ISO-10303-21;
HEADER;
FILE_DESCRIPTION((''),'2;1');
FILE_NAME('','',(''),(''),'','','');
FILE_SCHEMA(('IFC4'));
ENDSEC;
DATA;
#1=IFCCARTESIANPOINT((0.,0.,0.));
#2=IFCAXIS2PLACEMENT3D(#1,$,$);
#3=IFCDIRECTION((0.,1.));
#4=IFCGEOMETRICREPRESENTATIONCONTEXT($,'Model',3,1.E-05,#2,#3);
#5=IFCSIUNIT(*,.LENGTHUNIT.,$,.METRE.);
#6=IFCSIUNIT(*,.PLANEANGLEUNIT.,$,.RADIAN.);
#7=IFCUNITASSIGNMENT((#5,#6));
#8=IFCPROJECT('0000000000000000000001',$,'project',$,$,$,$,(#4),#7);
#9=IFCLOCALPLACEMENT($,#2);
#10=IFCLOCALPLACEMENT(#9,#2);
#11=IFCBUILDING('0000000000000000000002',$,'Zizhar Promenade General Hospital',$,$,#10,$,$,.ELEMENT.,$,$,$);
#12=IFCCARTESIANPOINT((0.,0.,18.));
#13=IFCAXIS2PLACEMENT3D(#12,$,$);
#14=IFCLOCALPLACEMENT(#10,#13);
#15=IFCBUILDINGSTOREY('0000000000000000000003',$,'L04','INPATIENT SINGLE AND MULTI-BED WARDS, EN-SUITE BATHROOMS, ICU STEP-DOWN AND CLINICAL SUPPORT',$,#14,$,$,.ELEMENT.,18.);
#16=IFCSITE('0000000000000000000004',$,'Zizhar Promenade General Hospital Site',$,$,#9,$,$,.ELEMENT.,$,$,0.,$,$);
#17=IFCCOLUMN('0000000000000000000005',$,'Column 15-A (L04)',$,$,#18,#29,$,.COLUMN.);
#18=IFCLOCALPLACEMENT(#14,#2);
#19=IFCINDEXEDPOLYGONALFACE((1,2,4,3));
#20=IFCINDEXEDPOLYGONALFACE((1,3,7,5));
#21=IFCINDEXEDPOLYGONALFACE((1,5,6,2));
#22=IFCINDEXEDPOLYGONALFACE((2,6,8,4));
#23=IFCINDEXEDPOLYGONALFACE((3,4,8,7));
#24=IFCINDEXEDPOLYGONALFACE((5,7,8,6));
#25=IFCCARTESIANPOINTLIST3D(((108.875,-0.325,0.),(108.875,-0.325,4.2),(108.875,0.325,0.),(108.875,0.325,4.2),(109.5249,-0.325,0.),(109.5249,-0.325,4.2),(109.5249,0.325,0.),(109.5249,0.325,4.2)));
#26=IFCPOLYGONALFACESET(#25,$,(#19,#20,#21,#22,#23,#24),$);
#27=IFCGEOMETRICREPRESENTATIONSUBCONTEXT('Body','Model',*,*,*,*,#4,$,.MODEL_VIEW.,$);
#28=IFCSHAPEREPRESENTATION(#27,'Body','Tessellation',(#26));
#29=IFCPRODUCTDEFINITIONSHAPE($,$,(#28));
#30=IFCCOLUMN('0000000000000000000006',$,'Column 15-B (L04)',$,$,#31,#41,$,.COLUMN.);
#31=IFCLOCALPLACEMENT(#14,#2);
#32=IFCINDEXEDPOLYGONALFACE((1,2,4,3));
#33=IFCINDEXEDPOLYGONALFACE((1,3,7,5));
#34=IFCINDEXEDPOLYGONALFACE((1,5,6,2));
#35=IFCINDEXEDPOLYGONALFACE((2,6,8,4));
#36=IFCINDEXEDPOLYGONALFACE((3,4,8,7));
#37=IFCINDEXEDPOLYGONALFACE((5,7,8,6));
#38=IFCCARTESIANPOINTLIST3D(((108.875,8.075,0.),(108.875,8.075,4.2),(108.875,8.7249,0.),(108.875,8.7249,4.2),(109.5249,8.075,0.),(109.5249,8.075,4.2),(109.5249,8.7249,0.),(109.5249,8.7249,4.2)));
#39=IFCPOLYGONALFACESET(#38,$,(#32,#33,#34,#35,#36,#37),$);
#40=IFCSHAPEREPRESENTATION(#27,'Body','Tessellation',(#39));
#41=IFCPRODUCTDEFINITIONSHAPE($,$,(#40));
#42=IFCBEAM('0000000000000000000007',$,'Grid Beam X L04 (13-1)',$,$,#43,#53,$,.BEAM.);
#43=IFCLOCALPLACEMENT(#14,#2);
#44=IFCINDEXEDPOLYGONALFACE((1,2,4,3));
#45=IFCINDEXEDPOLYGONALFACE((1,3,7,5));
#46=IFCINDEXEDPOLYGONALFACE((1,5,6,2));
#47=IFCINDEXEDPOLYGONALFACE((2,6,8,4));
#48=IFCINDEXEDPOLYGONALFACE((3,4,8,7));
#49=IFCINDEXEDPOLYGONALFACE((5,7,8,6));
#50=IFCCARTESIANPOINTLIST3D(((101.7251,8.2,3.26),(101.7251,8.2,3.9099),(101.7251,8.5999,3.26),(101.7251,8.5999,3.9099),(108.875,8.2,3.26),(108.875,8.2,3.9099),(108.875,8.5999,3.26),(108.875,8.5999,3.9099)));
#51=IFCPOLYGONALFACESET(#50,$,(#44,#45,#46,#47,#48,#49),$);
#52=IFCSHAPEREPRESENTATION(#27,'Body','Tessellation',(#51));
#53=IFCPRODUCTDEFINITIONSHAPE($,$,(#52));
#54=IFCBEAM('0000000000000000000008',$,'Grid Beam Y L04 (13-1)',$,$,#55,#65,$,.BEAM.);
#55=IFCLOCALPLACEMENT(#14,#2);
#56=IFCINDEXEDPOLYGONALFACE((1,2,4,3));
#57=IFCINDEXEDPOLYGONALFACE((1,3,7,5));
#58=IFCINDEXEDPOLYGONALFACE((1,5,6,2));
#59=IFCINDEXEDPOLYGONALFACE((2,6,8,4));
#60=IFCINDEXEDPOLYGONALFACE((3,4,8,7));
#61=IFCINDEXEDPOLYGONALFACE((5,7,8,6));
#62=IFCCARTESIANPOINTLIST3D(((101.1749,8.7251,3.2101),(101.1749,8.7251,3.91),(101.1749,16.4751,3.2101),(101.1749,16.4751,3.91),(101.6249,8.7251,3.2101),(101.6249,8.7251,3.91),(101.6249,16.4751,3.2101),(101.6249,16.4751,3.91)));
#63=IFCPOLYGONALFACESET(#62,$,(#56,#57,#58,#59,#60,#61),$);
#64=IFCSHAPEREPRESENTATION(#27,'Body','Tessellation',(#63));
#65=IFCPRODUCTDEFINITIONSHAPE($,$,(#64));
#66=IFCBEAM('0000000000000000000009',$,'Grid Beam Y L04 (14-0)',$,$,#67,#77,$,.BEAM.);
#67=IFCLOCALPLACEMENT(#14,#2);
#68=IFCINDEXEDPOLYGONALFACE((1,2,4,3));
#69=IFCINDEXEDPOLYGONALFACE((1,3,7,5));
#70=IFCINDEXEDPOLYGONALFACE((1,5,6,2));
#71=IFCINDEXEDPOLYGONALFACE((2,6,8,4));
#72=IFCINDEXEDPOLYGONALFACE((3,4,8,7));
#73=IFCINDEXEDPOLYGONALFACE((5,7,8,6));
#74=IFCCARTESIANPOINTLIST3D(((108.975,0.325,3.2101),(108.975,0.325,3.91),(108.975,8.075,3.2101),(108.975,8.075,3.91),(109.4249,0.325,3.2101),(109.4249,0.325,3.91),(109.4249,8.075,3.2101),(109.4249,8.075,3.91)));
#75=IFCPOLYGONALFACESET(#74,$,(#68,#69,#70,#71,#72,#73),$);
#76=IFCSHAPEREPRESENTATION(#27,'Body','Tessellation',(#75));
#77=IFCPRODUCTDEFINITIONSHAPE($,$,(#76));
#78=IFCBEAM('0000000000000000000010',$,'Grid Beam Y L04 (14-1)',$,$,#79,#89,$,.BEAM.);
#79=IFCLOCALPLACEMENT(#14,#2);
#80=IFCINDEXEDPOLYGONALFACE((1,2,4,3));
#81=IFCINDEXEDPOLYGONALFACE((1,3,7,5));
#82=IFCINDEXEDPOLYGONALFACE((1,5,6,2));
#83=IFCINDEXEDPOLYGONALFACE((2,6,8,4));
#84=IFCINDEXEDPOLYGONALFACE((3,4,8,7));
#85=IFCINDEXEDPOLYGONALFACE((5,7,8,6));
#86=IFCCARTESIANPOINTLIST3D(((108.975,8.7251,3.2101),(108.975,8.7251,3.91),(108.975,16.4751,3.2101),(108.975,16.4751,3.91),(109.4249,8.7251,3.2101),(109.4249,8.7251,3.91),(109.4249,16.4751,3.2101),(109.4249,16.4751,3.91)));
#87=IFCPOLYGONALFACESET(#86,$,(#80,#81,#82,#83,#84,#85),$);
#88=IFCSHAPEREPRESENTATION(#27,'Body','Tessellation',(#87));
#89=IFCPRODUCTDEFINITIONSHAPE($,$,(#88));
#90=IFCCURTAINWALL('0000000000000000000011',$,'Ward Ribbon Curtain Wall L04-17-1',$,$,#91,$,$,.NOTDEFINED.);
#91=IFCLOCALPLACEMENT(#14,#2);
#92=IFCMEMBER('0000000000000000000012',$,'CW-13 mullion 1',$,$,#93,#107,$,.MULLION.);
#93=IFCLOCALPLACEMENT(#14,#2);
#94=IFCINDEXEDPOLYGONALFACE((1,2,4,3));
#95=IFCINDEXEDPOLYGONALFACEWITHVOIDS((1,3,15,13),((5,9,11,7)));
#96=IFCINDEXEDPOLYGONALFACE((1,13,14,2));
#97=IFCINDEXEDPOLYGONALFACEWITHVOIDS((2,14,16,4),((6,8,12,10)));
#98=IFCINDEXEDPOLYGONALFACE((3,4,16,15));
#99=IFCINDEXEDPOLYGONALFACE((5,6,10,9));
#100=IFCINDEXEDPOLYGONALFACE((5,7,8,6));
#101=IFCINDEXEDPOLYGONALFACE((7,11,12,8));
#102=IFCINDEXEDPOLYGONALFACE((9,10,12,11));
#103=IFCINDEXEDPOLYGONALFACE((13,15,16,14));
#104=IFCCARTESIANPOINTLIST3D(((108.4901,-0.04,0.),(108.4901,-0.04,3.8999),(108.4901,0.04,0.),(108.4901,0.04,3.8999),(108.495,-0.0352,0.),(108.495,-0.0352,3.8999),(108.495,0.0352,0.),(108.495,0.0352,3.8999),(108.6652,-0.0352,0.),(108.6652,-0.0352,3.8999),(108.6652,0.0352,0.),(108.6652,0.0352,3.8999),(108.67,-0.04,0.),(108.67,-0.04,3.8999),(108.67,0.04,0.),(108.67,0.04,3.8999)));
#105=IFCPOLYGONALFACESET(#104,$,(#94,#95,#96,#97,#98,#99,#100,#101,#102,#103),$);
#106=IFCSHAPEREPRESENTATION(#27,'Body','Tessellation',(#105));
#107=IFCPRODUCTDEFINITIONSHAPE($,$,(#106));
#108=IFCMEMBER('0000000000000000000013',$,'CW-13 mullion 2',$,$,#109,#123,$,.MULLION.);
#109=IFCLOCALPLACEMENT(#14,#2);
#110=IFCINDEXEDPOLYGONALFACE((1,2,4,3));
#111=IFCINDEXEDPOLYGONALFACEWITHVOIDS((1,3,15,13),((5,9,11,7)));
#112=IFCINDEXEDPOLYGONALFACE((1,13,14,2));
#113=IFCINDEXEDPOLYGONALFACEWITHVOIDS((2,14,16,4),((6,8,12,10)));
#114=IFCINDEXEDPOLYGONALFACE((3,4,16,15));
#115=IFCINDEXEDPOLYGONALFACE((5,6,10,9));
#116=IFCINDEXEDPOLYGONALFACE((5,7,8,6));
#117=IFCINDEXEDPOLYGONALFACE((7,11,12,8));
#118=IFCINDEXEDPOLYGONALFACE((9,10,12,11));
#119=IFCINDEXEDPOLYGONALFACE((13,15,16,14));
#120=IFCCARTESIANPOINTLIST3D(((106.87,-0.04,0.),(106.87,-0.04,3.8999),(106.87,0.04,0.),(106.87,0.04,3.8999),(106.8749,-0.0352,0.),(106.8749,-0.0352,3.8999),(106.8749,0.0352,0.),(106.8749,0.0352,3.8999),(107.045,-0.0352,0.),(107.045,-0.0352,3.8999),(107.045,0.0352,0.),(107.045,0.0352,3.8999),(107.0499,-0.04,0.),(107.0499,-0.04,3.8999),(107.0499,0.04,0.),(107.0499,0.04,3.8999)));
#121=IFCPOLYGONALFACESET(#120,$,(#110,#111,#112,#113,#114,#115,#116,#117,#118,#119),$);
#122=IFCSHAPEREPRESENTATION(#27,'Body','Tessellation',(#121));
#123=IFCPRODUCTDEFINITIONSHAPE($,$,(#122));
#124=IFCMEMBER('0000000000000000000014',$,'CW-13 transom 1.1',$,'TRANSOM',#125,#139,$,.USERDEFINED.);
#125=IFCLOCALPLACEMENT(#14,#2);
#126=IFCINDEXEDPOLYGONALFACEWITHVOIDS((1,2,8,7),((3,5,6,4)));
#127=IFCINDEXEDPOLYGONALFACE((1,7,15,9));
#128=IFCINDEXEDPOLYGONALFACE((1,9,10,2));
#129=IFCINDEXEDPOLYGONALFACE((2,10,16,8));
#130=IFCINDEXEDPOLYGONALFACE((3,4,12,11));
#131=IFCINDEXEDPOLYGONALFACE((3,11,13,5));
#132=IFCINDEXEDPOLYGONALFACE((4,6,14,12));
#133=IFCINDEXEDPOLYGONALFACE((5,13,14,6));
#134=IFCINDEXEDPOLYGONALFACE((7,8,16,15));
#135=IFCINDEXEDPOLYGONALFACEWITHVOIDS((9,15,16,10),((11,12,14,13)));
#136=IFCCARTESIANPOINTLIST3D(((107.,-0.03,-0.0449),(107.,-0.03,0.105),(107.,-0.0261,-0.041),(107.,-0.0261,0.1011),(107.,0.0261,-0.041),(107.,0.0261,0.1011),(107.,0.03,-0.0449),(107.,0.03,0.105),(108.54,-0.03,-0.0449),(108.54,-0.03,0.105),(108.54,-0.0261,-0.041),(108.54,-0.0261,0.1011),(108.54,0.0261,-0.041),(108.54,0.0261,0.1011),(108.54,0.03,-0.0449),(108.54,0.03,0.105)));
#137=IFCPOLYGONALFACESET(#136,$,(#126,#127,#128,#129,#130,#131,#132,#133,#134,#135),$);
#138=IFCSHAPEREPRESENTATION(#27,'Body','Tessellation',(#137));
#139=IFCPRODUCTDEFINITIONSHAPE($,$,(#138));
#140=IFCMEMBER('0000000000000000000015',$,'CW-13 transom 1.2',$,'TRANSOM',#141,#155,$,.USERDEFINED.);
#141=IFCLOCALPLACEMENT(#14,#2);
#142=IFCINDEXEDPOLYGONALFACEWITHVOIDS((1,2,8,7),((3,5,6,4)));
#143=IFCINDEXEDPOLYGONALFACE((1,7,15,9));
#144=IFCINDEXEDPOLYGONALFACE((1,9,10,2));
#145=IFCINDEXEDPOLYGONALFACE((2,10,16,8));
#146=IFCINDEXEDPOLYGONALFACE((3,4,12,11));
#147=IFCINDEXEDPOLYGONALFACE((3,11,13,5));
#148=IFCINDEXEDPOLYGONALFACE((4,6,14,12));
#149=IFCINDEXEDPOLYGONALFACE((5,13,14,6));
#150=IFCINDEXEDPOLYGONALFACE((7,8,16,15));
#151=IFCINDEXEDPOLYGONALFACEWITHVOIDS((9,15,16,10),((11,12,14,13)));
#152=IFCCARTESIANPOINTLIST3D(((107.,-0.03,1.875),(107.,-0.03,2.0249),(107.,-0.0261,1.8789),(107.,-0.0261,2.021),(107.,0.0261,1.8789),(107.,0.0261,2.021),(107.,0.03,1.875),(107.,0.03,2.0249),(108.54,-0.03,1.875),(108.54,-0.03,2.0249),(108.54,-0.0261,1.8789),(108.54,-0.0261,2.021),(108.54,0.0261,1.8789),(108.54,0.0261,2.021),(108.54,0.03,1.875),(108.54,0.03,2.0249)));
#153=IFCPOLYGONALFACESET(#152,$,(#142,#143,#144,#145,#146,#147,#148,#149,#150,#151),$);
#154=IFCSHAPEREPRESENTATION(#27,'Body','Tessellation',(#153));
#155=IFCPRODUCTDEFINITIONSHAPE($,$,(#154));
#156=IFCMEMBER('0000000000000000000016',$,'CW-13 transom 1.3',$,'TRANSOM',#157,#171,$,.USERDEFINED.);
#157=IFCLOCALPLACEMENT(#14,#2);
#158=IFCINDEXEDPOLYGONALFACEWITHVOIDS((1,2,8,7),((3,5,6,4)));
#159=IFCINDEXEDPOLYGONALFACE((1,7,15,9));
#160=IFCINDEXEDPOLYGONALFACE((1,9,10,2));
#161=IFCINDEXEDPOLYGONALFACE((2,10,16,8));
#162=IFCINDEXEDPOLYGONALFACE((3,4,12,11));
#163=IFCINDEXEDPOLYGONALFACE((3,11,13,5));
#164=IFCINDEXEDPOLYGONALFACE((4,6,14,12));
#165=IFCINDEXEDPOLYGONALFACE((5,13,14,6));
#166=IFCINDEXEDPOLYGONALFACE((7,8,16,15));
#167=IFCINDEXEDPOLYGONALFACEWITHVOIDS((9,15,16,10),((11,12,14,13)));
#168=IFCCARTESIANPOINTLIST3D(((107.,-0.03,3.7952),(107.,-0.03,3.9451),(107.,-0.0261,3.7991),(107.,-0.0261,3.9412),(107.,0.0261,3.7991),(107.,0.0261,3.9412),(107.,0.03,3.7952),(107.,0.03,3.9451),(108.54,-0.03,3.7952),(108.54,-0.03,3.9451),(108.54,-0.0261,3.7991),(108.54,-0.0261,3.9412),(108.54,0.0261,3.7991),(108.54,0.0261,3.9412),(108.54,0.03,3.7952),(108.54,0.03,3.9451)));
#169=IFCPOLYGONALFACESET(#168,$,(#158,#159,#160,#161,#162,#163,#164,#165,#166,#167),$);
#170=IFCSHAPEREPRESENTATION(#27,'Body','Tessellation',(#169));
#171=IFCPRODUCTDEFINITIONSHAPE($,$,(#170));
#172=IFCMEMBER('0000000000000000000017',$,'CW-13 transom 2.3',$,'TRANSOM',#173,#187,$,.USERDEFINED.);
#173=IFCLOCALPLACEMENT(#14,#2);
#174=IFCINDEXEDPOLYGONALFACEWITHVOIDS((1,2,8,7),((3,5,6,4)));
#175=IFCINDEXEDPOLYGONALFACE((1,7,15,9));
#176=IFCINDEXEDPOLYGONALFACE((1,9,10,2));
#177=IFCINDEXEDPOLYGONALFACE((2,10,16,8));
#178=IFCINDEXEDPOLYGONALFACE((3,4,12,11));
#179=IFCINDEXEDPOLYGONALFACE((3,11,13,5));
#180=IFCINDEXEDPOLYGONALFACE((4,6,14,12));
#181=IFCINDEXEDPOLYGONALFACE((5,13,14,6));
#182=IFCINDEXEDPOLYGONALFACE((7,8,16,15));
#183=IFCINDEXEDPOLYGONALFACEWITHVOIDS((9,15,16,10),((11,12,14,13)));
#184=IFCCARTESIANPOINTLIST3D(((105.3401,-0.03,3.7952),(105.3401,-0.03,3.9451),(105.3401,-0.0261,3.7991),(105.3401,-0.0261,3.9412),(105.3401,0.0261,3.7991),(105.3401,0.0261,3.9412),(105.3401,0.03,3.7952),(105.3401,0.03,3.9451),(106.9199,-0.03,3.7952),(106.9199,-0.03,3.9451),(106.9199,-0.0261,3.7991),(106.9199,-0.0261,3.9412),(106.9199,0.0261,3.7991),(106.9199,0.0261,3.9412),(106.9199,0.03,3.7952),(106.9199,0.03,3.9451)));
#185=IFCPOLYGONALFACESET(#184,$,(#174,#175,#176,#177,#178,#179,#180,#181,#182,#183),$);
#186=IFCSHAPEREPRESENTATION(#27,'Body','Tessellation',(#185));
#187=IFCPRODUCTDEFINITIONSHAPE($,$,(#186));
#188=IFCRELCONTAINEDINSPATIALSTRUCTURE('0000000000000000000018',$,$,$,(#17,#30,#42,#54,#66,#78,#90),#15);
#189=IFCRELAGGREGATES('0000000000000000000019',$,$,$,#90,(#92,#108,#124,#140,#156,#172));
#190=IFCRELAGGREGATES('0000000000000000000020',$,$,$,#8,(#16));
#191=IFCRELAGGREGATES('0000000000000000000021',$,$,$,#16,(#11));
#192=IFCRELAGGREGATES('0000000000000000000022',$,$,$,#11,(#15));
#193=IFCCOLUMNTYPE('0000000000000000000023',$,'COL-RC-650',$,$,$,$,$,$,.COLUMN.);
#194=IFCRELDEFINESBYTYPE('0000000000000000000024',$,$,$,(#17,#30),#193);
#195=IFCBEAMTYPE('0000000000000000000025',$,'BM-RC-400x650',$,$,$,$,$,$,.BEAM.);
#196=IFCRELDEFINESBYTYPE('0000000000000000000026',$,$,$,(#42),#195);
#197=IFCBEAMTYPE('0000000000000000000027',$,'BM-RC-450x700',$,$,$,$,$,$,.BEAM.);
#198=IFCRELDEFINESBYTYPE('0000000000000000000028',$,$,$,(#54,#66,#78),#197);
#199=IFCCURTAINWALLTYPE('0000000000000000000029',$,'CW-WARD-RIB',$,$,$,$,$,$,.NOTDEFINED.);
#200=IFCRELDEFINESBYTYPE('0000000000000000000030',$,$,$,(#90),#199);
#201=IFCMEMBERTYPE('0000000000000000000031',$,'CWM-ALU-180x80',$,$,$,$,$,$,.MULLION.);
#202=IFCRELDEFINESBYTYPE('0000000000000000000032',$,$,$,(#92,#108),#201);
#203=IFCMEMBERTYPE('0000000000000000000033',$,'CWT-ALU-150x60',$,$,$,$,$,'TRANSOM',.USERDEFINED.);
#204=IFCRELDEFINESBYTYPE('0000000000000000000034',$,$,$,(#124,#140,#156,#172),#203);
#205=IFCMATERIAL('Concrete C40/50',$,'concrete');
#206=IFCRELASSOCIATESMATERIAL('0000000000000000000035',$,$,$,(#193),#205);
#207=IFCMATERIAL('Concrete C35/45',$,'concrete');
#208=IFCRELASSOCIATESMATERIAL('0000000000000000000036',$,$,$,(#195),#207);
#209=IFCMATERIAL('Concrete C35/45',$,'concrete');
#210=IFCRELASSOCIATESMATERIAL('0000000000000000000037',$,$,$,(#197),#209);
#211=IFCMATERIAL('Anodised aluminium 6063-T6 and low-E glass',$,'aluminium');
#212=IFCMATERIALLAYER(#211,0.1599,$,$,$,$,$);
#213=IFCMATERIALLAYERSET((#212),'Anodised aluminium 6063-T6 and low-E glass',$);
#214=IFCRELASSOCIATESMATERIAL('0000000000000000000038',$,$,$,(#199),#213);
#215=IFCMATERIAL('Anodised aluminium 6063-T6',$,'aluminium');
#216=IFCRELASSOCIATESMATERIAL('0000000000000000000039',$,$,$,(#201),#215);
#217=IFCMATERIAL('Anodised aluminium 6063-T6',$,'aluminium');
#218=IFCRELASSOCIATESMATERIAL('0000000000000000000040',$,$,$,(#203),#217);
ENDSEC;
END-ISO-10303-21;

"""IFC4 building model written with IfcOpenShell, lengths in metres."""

from ifc_helpers import new_model, si_unit, direction, frame, origin, origin_2d, place, context, subcontext, project, spatial, rectangle, hollow_rectangle, extrude, material, layer, layer_set, material_profile, profile_set, type_object, element, aggregate, save


model = new_model("IFC4")

# Units and contexts
model_context = context("Model", 3, precision=1e-05, world=origin(), true_north=direction((0.0, 1.0)))
body_context = subcontext(model_context, "Body", "Model", "MODEL_VIEW")
ifc_project = project(units=[si_unit("LENGTHUNIT", "METRE"), si_unit("PLANEANGLEUNIT", "RADIAN")], contexts=[model_context])

# Site, building, storey
site_placement = place(None, origin())
site = spatial("IfcSite", under=ifc_project, at=site_placement, Name="Zizhar Promenade General Hospital Site", CompositionType="ELEMENT", RefElevation=0.0)
building_placement = place(site_placement, origin())
building = spatial("IfcBuilding", under=site, at=building_placement, Name="Zizhar Promenade General Hospital", CompositionType="ELEMENT")
storey_placement = place(building_placement, frame((0.0, 0.0, 18.0)))
storey = spatial("IfcBuildingStorey", under=building, at=storey_placement, Name="L04", Description="INPATIENT SINGLE AND MULTI-BED WARDS, EN-SUITE BATHROOMS, ICU STEP-DOWN AND CLINICAL SUPPORT", CompositionType="ELEMENT", Elevation=18.0)

# Columns
ifc_material_1 = material(Name="Concrete C40/50", Category="concrete")
ifc_material_profile_1 = material_profile(ifc_material_1, rectangle(XDim=0.6499, YDim=0.6499, at=origin_2d()))
ifc_profile_set_1 = profile_set([ifc_material_profile_1], Name="Concrete C40/50")
column_type = type_object("IfcColumnType", Name="COL-RC-650", PredefinedType="COLUMN", material=ifc_profile_set_1)
for number, where, z_axis, x_axis, name in (
    (1, (109.2, 0.0, 0.0), (0.0, 0.0, 1.0), (1.0, 0.0, 0.0), "Column 15-A (L04)"),
    (2, (109.2, 8.3999, 0.0), (0.0, 0.0, 1.0), (1.0, 0.0, 0.0), "Column 15-B (L04)"),
):
    element("IfcColumn", number, at=place(storey_placement, frame(where, z_axis=z_axis, x_axis=x_axis)), inside=storey, type_object=column_type, Name=name, PredefinedType="COLUMN", context=body_context, shape_type="SweptSolid", body=[
        extrude(rectangle(XDim=0.6499, YDim=0.6499, at=origin_2d()), origin(), (0.0, 0.0, 1.0), 4.2),
    ])

# Beams
ifc_material_2 = material(Name="Concrete C35/45", Category="concrete")
ifc_material_profile_2 = material_profile(ifc_material_2, rectangle(XDim=0.3999, YDim=0.6499, at=origin_2d()))
ifc_profile_set_2 = profile_set([ifc_material_profile_2], Name="Concrete C35/45")
beam_type_1 = type_object("IfcBeamType", Name="BM-RC-400x650", PredefinedType="BEAM", material=ifc_profile_set_2)
beam_placement = place(storey_placement, frame((101.7251, 8.3999, 3.585), z_axis=(1.0, 0.0, 0.0), x_axis=(0.0, 1.0, 0.0)))
element("IfcBeam", 3, at=beam_placement, inside=storey, type_object=beam_type_1, Name="Grid Beam X L04 (13-1)", PredefinedType="BEAM", context=body_context, shape_type="SweptSolid", body=[
    extrude(rectangle(XDim=0.3999, YDim=0.6499, at=origin_2d()), origin(), (0.0, 0.0, 1.0), 7.1499),
])
ifc_material_3 = material(Name="Concrete C35/45", Category="concrete")
ifc_material_profile_3 = material_profile(ifc_material_3, rectangle(XDim=0.45, YDim=0.7, at=origin_2d()))
ifc_profile_set_3 = profile_set([ifc_material_profile_3], Name="Concrete C35/45")
beam_type_2 = type_object("IfcBeamType", Name="BM-RC-450x700", PredefinedType="BEAM", material=ifc_profile_set_3)
for number, where, z_axis, x_axis, name in (
    (4, (101.3999, 8.7251, 3.5601), (0.0, 1.0, 0.0), (-1.0, 0.0, 0.0), "Grid Beam Y L04 (13-1)"),
    (5, (109.2, 0.325, 3.5601), (0.0, 1.0, 0.0), (-1.0, 0.0, 0.0), "Grid Beam Y L04 (14-0)"),
    (6, (109.2, 8.7251, 3.5601), (0.0, 1.0, 0.0), (-1.0, 0.0, 0.0), "Grid Beam Y L04 (14-1)"),
):
    element("IfcBeam", number, at=place(storey_placement, frame(where, z_axis=z_axis, x_axis=x_axis)), inside=storey, type_object=beam_type_2, Name=name, PredefinedType="BEAM", context=body_context, shape_type="SweptSolid", body=[
        extrude(rectangle(XDim=0.45, YDim=0.7, at=origin_2d()), origin(), (0.0, 0.0, 1.0), 7.75),
    ])

# Curtain wall, members
ifc_material_4 = material(Name="Anodised aluminium 6063-T6 and low-E glass", Category="aluminium")
ifc_layer_1 = layer(ifc_material_4, 0.1599)
ifc_layer_set_1 = layer_set([ifc_layer_1], Name="Anodised aluminium 6063-T6 and low-E glass")
curtain_wall_type = type_object("IfcCurtainWallType", Name="CW-WARD-RIB", PredefinedType="NOTDEFINED", material=ifc_layer_set_1)
curtain_wall_placement = place(storey_placement, origin())
curtain_wall = element("IfcCurtainWall", 7, at=curtain_wall_placement, inside=storey, type_object=curtain_wall_type, Name="Ward Ribbon Curtain Wall L04-17-1", PredefinedType="NOTDEFINED")
ifc_material_5 = material(Name="Anodised aluminium 6063-T6", Category="aluminium")
ifc_material_profile_4 = material_profile(ifc_material_5, hollow_rectangle(XDim=0.0801, YDim=0.1799, WallThickness=0.0049, at=origin_2d()))
ifc_profile_set_4 = profile_set([ifc_material_profile_4], Name="Anodised aluminium 6063-T6")
member_type_1 = type_object("IfcMemberType", Name="CWM-ALU-180x80", PredefinedType="MULLION", material=ifc_profile_set_4)
member_1_placement = place(storey_placement, frame((108.5801, 0.0, 0.0), z_axis=(0.0, 0.0, 1.0), x_axis=(0.0, -1.0, 0.0)))
member_1 = element("IfcMember", 8, at=member_1_placement, type_object=member_type_1, Name="CW-13 mullion 1", PredefinedType="MULLION", context=body_context, shape_type="SweptSolid", body=[
    extrude(hollow_rectangle(XDim=0.0801, YDim=0.1799, WallThickness=0.0049, at=origin_2d()), origin(), (0.0, 0.0, 1.0), 3.8999),
])
member_2_placement = place(storey_placement, frame((106.96, 0.0, 0.0), z_axis=(0.0, 0.0, 1.0), x_axis=(0.0, -1.0, 0.0)))
member_2 = element("IfcMember", 9, at=member_2_placement, type_object=member_type_1, Name="CW-13 mullion 2", PredefinedType="MULLION", context=body_context, shape_type="SweptSolid", body=[
    extrude(hollow_rectangle(XDim=0.0801, YDim=0.1799, WallThickness=0.0049, at=origin_2d()), origin(), (0.0, 0.0, 1.0), 3.8999),
])
ifc_material_6 = material(Name="Anodised aluminium 6063-T6", Category="aluminium")
ifc_material_profile_5 = material_profile(ifc_material_6, hollow_rectangle(XDim=0.0601, YDim=0.1499, WallThickness=0.0039, at=origin_2d()))
ifc_profile_set_5 = profile_set([ifc_material_profile_5], Name="Anodised aluminium 6063-T6")
member_type_2 = type_object("IfcMemberType", Name="CWT-ALU-150x60", ElementType="TRANSOM", PredefinedType="USERDEFINED", material=ifc_profile_set_5)
member_3_placement = place(storey_placement, frame((108.54, 0.0, 0.03), z_axis=(-1.0, 0.0, 0.0), x_axis=(0.0, -1.0, 0.0)))
member_3 = element("IfcMember", 10, at=member_3_placement, type_object=member_type_2, Name="CW-13 transom 1.1", ObjectType="TRANSOM", PredefinedType="USERDEFINED", context=body_context, shape_type="SweptSolid", body=[
    extrude(hollow_rectangle(XDim=0.0601, YDim=0.1499, WallThickness=0.0039, at=origin_2d()), origin(), (0.0, 0.0, 1.0), 1.54),
])
member_4_placement = place(storey_placement, frame((108.54, 0.0, 1.95), z_axis=(-1.0, 0.0, 0.0), x_axis=(0.0, -1.0, 0.0)))
member_4 = element("IfcMember", 11, at=member_4_placement, type_object=member_type_2, Name="CW-13 transom 1.2", ObjectType="TRANSOM", PredefinedType="USERDEFINED", context=body_context, shape_type="SweptSolid", body=[
    extrude(hollow_rectangle(XDim=0.0601, YDim=0.1499, WallThickness=0.0039, at=origin_2d()), origin(), (0.0, 0.0, 1.0), 1.54),
])
member_5_placement = place(storey_placement, frame((108.54, 0.0, 3.8701), z_axis=(-1.0, 0.0, 0.0), x_axis=(0.0, -1.0, 0.0)))
member_5 = element("IfcMember", 12, at=member_5_placement, type_object=member_type_2, Name="CW-13 transom 1.3", ObjectType="TRANSOM", PredefinedType="USERDEFINED", context=body_context, shape_type="SweptSolid", body=[
    extrude(hollow_rectangle(XDim=0.0601, YDim=0.1499, WallThickness=0.0039, at=origin_2d()), origin(), (0.0, 0.0, 1.0), 1.54),
])
member_6_placement = place(storey_placement, frame((106.9199, 0.0, 3.8701), z_axis=(-1.0, 0.0, 0.0), x_axis=(0.0, -1.0, 0.0)))
member_6 = element("IfcMember", 13, at=member_6_placement, type_object=member_type_2, Name="CW-13 transom 2.3", ObjectType="TRANSOM", PredefinedType="USERDEFINED", context=body_context, shape_type="SweptSolid", body=[
    extrude(hollow_rectangle(XDim=0.0601, YDim=0.1499, WallThickness=0.0039, at=origin_2d()), origin(), (0.0, 0.0, 1.0), 1.5798),
])
aggregate(curtain_wall, [member_1, member_2, member_3, member_4, member_5, member_6])

save(model, "model.ifc")
